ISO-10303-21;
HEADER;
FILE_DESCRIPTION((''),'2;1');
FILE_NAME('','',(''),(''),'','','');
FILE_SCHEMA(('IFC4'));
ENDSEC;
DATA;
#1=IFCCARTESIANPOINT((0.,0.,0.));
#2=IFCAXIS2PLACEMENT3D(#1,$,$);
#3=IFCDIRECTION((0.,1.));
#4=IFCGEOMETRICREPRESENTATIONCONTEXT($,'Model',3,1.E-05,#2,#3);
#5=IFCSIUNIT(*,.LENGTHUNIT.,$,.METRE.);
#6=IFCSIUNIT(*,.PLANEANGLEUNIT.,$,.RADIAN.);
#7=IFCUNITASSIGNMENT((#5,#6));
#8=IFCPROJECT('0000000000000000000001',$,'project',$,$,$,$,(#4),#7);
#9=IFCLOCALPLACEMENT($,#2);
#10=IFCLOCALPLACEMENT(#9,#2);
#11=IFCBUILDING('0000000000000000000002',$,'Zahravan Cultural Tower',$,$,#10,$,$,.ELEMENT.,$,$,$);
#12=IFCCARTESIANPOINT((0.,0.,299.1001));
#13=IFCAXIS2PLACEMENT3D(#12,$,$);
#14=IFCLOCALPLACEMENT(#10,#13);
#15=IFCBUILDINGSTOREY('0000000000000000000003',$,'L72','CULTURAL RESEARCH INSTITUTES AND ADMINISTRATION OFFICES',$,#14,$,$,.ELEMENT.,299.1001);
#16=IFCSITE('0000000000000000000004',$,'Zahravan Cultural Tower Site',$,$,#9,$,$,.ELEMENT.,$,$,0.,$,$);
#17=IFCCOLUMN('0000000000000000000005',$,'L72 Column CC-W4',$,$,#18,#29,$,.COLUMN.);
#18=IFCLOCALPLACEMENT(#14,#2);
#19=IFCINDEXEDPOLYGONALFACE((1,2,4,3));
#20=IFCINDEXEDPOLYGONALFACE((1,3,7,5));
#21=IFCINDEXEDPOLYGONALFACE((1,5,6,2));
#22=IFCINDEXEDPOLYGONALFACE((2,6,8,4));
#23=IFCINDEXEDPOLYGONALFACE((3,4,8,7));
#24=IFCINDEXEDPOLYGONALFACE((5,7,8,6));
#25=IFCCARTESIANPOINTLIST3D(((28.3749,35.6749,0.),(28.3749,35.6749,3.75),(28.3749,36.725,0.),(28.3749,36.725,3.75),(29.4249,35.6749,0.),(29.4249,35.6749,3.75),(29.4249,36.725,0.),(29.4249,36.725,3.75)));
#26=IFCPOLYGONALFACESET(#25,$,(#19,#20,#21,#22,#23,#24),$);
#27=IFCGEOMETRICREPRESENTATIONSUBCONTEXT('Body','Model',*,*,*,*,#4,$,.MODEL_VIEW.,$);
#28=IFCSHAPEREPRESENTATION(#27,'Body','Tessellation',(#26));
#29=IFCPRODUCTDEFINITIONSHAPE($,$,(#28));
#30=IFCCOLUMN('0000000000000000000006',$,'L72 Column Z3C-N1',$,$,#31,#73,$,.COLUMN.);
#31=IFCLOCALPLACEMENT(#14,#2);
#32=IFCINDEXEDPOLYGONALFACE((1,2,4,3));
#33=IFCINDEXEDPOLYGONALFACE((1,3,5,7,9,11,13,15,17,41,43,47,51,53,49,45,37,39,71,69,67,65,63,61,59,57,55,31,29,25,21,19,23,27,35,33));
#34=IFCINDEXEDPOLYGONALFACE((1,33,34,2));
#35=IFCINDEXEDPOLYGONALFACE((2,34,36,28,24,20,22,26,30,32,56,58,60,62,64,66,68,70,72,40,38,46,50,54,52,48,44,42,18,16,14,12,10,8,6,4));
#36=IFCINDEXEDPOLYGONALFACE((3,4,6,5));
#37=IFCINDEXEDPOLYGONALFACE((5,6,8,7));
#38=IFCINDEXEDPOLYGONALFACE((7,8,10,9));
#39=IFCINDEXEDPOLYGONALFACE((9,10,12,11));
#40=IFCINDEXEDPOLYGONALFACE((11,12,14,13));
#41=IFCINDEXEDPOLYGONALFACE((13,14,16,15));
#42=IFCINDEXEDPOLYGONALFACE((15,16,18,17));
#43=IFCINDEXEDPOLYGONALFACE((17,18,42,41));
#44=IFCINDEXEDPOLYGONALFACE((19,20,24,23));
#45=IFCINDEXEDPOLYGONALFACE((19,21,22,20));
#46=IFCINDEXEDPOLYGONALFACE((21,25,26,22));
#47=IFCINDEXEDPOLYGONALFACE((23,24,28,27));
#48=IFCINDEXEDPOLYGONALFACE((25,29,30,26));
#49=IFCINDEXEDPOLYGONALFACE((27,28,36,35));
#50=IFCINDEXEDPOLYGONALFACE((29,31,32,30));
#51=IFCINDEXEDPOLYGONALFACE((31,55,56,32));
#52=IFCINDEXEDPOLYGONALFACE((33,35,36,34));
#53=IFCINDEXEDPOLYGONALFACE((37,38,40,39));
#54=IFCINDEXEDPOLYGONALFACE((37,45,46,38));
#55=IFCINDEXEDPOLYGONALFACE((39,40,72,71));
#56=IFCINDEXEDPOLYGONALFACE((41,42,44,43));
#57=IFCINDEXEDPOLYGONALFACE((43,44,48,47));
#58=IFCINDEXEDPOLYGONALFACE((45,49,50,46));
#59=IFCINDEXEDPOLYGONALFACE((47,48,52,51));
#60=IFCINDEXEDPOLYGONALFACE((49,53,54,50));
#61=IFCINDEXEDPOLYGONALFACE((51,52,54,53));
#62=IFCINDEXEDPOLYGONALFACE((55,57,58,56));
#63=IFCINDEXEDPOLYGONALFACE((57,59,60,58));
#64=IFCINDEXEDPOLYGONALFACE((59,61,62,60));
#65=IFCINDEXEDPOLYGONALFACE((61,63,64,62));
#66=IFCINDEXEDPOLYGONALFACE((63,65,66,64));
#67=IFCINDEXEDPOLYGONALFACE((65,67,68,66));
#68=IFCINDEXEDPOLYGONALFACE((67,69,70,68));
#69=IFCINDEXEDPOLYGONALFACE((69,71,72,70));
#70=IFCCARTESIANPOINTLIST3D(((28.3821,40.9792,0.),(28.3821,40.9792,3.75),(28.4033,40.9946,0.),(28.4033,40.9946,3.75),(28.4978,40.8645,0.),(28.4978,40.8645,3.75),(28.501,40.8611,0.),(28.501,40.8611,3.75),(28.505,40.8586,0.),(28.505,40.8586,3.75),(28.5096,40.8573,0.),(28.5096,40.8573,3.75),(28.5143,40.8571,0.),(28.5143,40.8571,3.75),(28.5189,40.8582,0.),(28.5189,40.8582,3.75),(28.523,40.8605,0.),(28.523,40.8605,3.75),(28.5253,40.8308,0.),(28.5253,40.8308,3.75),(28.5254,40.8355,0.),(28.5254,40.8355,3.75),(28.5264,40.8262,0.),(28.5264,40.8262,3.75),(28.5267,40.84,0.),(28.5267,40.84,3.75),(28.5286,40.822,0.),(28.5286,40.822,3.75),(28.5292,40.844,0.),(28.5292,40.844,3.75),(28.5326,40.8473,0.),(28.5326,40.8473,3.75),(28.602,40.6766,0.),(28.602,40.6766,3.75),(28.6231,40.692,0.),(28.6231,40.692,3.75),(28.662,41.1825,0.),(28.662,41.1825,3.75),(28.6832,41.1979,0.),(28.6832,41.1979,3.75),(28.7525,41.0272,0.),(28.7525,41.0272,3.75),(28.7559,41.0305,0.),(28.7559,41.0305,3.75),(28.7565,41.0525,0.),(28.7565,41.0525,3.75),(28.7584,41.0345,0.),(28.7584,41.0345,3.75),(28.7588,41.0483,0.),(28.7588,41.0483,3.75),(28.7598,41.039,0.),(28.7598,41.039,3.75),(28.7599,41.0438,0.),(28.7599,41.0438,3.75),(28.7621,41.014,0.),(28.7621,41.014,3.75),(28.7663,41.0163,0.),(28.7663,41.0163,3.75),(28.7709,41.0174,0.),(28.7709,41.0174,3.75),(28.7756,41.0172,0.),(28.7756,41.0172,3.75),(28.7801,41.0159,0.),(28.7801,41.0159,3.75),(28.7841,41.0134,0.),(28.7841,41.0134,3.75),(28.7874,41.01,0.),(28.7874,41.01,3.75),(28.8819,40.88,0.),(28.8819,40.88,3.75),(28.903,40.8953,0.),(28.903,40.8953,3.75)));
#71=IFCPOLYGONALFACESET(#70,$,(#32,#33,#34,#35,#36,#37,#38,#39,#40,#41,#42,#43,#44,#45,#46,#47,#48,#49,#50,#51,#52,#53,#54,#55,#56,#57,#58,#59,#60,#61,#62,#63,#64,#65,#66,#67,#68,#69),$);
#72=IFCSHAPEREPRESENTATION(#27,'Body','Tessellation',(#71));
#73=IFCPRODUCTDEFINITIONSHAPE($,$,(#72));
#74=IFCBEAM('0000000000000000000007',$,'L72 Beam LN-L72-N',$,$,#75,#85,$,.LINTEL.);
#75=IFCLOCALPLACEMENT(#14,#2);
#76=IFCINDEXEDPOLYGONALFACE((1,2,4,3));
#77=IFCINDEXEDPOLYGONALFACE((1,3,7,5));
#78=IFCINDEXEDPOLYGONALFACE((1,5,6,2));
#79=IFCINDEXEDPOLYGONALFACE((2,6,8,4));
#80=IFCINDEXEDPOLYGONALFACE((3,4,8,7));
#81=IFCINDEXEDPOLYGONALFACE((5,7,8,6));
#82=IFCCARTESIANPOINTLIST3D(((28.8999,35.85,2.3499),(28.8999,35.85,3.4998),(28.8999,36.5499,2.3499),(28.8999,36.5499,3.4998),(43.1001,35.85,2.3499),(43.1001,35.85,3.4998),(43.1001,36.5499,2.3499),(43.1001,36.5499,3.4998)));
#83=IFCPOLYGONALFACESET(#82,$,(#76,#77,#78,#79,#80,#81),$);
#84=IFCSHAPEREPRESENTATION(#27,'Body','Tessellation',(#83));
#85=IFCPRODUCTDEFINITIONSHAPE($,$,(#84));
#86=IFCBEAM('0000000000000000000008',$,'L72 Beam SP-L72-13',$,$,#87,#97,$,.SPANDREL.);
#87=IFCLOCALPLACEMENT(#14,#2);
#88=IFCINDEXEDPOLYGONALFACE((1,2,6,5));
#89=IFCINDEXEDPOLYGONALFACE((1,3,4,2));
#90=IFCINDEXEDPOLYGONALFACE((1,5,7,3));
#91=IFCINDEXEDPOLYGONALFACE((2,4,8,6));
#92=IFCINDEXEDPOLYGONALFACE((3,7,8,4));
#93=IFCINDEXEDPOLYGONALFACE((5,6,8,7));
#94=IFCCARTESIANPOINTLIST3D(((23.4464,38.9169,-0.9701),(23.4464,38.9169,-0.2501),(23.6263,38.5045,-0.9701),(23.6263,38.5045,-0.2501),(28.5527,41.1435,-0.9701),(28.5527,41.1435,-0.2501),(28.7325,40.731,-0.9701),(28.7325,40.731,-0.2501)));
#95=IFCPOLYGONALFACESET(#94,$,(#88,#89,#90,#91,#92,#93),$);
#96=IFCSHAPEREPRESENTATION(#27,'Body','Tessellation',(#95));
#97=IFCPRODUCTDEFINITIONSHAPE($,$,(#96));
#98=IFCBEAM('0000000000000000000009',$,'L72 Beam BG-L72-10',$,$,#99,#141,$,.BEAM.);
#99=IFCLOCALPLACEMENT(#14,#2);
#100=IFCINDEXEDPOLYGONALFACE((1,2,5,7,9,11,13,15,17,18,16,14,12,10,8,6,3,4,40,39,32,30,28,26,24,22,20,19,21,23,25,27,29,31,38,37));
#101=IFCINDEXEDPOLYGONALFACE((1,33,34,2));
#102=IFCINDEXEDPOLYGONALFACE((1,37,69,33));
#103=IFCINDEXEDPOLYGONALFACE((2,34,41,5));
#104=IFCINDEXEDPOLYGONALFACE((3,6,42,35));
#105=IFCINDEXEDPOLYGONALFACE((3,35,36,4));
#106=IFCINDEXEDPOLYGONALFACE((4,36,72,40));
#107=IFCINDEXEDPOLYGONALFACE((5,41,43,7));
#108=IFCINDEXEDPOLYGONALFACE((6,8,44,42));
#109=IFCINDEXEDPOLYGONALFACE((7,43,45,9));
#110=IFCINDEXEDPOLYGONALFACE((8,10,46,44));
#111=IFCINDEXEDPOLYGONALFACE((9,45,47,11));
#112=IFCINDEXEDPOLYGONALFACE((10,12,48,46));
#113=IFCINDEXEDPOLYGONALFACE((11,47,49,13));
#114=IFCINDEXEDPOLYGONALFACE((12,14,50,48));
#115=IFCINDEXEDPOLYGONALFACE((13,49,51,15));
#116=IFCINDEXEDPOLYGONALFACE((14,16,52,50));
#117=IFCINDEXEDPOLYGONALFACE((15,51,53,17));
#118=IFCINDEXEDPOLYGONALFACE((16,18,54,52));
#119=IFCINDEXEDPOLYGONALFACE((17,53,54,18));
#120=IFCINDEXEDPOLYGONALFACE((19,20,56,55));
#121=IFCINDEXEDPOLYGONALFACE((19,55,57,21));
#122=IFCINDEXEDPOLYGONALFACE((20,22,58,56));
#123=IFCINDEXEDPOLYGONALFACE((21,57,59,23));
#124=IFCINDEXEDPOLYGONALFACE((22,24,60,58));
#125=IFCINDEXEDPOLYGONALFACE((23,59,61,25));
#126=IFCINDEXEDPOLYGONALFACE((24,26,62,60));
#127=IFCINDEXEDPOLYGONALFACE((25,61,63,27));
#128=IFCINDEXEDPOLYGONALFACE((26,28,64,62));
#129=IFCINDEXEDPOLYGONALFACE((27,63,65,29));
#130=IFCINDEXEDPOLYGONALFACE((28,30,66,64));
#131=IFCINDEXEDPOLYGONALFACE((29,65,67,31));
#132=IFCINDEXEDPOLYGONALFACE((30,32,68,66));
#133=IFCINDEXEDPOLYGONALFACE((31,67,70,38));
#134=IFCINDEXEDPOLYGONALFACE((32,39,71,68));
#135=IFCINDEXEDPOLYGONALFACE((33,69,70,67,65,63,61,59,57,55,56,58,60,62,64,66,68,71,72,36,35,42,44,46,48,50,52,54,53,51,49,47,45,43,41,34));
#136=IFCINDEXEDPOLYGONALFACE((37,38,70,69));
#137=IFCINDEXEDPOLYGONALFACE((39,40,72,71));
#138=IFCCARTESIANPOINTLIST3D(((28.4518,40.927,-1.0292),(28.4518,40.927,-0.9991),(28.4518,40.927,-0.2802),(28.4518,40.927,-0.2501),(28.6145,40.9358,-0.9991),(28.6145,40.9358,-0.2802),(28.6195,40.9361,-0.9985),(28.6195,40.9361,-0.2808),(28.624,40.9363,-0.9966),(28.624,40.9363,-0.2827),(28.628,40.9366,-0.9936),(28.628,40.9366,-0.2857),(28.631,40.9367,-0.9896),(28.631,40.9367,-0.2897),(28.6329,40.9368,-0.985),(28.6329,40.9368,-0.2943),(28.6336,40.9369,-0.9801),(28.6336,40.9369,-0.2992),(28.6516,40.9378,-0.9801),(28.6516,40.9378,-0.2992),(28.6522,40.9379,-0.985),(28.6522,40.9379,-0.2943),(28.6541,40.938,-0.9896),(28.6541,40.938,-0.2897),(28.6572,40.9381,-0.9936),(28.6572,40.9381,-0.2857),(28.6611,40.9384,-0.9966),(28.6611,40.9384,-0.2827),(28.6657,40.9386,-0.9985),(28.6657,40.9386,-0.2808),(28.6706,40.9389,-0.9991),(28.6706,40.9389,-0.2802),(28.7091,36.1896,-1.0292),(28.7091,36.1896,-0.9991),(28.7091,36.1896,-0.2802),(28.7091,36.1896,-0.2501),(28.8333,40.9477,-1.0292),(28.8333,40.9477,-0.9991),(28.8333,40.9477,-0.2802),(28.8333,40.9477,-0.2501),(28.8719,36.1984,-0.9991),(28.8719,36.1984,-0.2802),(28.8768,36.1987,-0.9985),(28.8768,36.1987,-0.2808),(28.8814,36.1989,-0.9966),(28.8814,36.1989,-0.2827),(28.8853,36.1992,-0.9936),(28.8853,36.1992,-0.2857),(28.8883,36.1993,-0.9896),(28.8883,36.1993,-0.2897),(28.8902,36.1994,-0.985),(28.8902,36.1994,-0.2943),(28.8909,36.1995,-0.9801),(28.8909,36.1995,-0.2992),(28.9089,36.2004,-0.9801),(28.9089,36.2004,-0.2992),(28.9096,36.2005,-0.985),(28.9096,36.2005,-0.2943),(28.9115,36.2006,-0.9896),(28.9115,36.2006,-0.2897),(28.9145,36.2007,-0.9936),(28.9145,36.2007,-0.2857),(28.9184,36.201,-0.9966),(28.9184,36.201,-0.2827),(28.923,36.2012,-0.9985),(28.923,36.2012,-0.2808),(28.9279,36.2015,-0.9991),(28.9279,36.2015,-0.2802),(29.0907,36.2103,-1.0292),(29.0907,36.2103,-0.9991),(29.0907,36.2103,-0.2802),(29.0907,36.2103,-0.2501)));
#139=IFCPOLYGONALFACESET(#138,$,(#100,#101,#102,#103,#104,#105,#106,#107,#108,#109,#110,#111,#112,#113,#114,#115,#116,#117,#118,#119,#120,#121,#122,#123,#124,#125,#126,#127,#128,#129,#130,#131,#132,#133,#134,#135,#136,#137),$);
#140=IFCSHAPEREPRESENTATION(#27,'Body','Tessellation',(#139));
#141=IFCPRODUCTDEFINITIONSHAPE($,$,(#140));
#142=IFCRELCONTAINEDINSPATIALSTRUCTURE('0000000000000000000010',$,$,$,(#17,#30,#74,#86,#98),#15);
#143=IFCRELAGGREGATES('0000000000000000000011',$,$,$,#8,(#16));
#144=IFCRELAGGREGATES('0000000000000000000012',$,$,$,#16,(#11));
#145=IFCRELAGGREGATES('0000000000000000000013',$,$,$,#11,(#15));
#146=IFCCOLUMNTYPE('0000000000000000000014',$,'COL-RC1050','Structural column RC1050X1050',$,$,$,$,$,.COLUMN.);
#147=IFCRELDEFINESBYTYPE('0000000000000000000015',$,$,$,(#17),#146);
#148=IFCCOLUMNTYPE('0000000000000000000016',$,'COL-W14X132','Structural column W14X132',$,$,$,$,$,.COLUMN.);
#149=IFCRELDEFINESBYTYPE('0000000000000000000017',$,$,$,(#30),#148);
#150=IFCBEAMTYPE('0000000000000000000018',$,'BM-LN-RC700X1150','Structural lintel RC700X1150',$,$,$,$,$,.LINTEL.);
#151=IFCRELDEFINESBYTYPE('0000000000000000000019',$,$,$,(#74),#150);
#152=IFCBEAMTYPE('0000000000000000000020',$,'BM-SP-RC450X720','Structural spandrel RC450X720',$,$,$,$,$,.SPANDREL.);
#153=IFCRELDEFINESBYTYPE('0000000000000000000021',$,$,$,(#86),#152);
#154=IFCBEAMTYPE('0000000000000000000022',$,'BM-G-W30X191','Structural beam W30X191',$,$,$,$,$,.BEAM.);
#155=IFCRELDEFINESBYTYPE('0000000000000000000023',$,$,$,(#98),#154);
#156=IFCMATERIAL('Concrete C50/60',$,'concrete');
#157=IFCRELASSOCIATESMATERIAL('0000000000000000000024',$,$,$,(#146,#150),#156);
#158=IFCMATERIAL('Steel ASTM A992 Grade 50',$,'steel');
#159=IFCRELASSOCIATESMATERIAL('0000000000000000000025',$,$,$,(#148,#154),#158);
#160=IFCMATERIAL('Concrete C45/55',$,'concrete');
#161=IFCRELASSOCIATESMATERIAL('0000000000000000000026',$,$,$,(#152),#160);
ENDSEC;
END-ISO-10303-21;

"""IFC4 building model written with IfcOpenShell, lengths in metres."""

from ifc_helpers import new_model, si_unit, direction, frame, origin, origin_2d, place, context, subcontext, project, spatial, rectangle, i_section, extrude, source, transform, mapped, material, material_profile, profile_set, type_object, element, save


model = new_model("IFC4")

# Units and contexts
model_context = context("Model", 3, precision=1e-05, world=origin(), true_north=direction((0.0, 1.0)))
body_context = subcontext(model_context, "Body", "Model", "MODEL_VIEW")
ifc_project = project(units=[si_unit("LENGTHUNIT", "METRE"), si_unit("PLANEANGLEUNIT", "RADIAN")], contexts=[model_context])

# Site, building, storey
site_placement = place(None, origin())
site = spatial("IfcSite", under=ifc_project, at=site_placement, Name="Zahravan Cultural Tower Site", CompositionType="ELEMENT", RefElevation=0.0)
building_placement = place(site_placement, origin())
building = spatial("IfcBuilding", under=site, at=building_placement, Name="Zahravan Cultural Tower", CompositionType="ELEMENT")
storey_placement = place(building_placement, frame((0.0, 0.0, 299.1001)))
storey = spatial("IfcBuildingStorey", under=building, at=storey_placement, Name="L72", Description="CULTURAL RESEARCH INSTITUTES AND ADMINISTRATION OFFICES", CompositionType="ELEMENT", Elevation=299.1001)

# Columns
ifc_material_1 = material(Name="Concrete C50/60", Category="concrete")
ifc_material_profile_1 = material_profile(ifc_material_1, rectangle(XDim=1.05, YDim=1.05, at=origin_2d()), Name="RC1050X1050")
ifc_profile_set_1 = profile_set([ifc_material_profile_1], Name="Concrete C50/60")
column_type_1 = type_object("IfcColumnType", Name="COL-RC1050", Description="Structural column RC1050X1050", PredefinedType="COLUMN", material=ifc_profile_set_1)
shared_shape_1 = source(origin(), body_context, "Body", "SweptSolid", [
    extrude(rectangle(XDim=1.05, YDim=1.05, at=origin_2d()), origin(), (0.0, 0.0, 1.0), 3.75),
])
column_1_placement = place(storey_placement, frame((28.8999, 36.2, 0.0), z_axis=(0.0, 0.0, 1.0), x_axis=(1.0, 0.0, 0.0)))
element("IfcColumn", 1, at=column_1_placement, inside=storey, type_object=column_type_1, Name="L72 Column CC-W4", PredefinedType="COLUMN", context=body_context, shape_type="MappedRepresentation", body=[
    mapped(shared_shape_1, transform((0.0, 0.0, 0.0), x_axis=(1.0, 0.0, 0.0), y_axis=(0.0, 1.0, 0.0), z_axis=(0.0, 0.0, 1.0), scale=1.0)),
])
ifc_material_2 = material(Name="Steel ASTM A992 Grade 50", Category="steel")
ifc_material_profile_2 = material_profile(ifc_material_2, i_section(OverallWidth=0.374, OverallDepth=0.3721, WebThickness=0.0164, FlangeThickness=0.0261, FilletRadius=0.0181, at=origin_2d()), Name="W14X132")
ifc_profile_set_2 = profile_set([ifc_material_profile_2], Name="Steel ASTM A992 Grade 50")
column_type_2 = type_object("IfcColumnType", Name="COL-W14X132", Description="Structural column W14X132", PredefinedType="COLUMN", material=ifc_profile_set_2)
shared_shape_2 = source(origin(), body_context, "Body", "SweptSolid", [
    extrude(i_section(OverallWidth=0.374, OverallDepth=0.3721, WebThickness=0.0164, FlangeThickness=0.0261, FilletRadius=0.0181, at=origin_2d()), origin(), (0.0, 0.0, 1.0), 3.75),
])
column_2_placement = place(storey_placement, frame((28.6426, 40.9373, 0.0), z_axis=(0.0, 0.0, 1.0), x_axis=(-0.587785, 0.809017, 0.0)))
element("IfcColumn", 2, at=column_2_placement, inside=storey, type_object=column_type_2, Name="L72 Column Z3C-N1", PredefinedType="COLUMN", context=body_context, shape_type="MappedRepresentation", body=[
    mapped(shared_shape_2, transform((0.0, 0.0, 0.0), x_axis=(1.0, 0.0, 0.0), y_axis=(0.0, 1.0, 0.0), z_axis=(0.0, 0.0, 1.0), scale=1.0)),
])

# Beams
ifc_material_profile_3 = material_profile(ifc_material_1, rectangle(XDim=0.7, YDim=1.1499, at=origin_2d()), Name="RC700X1150")
ifc_profile_set_3 = profile_set([ifc_material_profile_3], Name="Concrete C50/60")
beam_type_1 = type_object("IfcBeamType", Name="BM-LN-RC700X1150", Description="Structural lintel RC700X1150", PredefinedType="LINTEL", material=ifc_profile_set_3)
shared_shape_3 = source(origin(), body_context, "Body", "SweptSolid", [
    extrude(rectangle(XDim=0.7, YDim=1.1499, at=origin_2d()), origin(), (0.0, 0.0, 1.0), 14.2002),
])
beam_1_placement = place(storey_placement, frame((28.8999, 36.2, 2.9248), z_axis=(1.0, 0.0, 0.0), x_axis=(0.0, 1.0, 0.0)))
element("IfcBeam", 3, at=beam_1_placement, inside=storey, type_object=beam_type_1, Name="L72 Beam LN-L72-N", PredefinedType="LINTEL", context=body_context, shape_type="MappedRepresentation", body=[
    mapped(shared_shape_3, transform((0.0, 0.0, 0.0), x_axis=(1.0, 0.0, 0.0), y_axis=(0.0, 1.0, 0.0), z_axis=(0.0, 0.0, 1.0), scale=1.0)),
])
ifc_material_3 = material(Name="Concrete C45/55", Category="concrete")
ifc_material_profile_4 = material_profile(ifc_material_3, rectangle(XDim=0.45, YDim=0.72, at=origin_2d()), Name="RC450X720")
ifc_profile_set_4 = profile_set([ifc_material_profile_4], Name="Concrete C45/55")
beam_type_2 = type_object("IfcBeamType", Name="BM-SP-RC450X720", Description="Structural spandrel RC450X720", PredefinedType="SPANDREL", material=ifc_profile_set_4)
shared_shape_4 = source(origin(), body_context, "Body", "SweptSolid", [
    extrude(rectangle(XDim=0.45, YDim=0.72, at=origin_2d()), origin(), (0.0, 0.0, 1.0), 5.5706),
])
beam_2_placement = place(storey_placement, frame((28.6426, 40.9373, -0.6101), z_axis=(-0.916645, -0.399703, 0.0), x_axis=(0.399703, -0.916645, 0.0)))
element("IfcBeam", 4, at=beam_2_placement, inside=storey, type_object=beam_type_2, Name="L72 Beam SP-L72-13", PredefinedType="SPANDREL", context=body_context, shape_type="MappedRepresentation", body=[
    mapped(shared_shape_4, transform((0.0, 0.0, 0.0), x_axis=(1.0, 0.0, 0.0), y_axis=(0.0, 1.0, 0.0), z_axis=(0.0, 0.0, 1.0), scale=1.0)),
])
ifc_material_profile_5 = material_profile(ifc_material_2, i_section(OverallWidth=0.3821, OverallDepth=0.7791, WebThickness=0.0181, FlangeThickness=0.03, FilletRadius=0.019, at=origin_2d()), Name="W30X191")
ifc_profile_set_5 = profile_set([ifc_material_profile_5], Name="Steel ASTM A992 Grade 50")
beam_type_3 = type_object("IfcBeamType", Name="BM-G-W30X191", Description="Structural beam W30X191", PredefinedType="BEAM", material=ifc_profile_set_5)
shared_shape_5 = source(origin(), body_context, "Body", "SweptSolid", [
    extrude(i_section(OverallWidth=0.3821, OverallDepth=0.7791, WebThickness=0.0181, FlangeThickness=0.03, FilletRadius=0.019, at=origin_2d()), origin(), (0.0, 0.0, 1.0), 4.7444),
])
beam_3_placement = place(storey_placement, frame((28.8999, 36.2, -0.6396), z_axis=(-0.054239, 0.998528, 0.0), x_axis=(-0.998528, -0.054239, 0.0)))
element("IfcBeam", 5, at=beam_3_placement, inside=storey, type_object=beam_type_3, Name="L72 Beam BG-L72-10", PredefinedType="BEAM", context=body_context, shape_type="MappedRepresentation", body=[
    mapped(shared_shape_5, transform((0.0, 0.0, 0.0), x_axis=(1.0, 0.0, 0.0), y_axis=(0.0, 1.0, 0.0), z_axis=(0.0, 0.0, 1.0), scale=1.0)),
])

save(model, "model.ifc")
